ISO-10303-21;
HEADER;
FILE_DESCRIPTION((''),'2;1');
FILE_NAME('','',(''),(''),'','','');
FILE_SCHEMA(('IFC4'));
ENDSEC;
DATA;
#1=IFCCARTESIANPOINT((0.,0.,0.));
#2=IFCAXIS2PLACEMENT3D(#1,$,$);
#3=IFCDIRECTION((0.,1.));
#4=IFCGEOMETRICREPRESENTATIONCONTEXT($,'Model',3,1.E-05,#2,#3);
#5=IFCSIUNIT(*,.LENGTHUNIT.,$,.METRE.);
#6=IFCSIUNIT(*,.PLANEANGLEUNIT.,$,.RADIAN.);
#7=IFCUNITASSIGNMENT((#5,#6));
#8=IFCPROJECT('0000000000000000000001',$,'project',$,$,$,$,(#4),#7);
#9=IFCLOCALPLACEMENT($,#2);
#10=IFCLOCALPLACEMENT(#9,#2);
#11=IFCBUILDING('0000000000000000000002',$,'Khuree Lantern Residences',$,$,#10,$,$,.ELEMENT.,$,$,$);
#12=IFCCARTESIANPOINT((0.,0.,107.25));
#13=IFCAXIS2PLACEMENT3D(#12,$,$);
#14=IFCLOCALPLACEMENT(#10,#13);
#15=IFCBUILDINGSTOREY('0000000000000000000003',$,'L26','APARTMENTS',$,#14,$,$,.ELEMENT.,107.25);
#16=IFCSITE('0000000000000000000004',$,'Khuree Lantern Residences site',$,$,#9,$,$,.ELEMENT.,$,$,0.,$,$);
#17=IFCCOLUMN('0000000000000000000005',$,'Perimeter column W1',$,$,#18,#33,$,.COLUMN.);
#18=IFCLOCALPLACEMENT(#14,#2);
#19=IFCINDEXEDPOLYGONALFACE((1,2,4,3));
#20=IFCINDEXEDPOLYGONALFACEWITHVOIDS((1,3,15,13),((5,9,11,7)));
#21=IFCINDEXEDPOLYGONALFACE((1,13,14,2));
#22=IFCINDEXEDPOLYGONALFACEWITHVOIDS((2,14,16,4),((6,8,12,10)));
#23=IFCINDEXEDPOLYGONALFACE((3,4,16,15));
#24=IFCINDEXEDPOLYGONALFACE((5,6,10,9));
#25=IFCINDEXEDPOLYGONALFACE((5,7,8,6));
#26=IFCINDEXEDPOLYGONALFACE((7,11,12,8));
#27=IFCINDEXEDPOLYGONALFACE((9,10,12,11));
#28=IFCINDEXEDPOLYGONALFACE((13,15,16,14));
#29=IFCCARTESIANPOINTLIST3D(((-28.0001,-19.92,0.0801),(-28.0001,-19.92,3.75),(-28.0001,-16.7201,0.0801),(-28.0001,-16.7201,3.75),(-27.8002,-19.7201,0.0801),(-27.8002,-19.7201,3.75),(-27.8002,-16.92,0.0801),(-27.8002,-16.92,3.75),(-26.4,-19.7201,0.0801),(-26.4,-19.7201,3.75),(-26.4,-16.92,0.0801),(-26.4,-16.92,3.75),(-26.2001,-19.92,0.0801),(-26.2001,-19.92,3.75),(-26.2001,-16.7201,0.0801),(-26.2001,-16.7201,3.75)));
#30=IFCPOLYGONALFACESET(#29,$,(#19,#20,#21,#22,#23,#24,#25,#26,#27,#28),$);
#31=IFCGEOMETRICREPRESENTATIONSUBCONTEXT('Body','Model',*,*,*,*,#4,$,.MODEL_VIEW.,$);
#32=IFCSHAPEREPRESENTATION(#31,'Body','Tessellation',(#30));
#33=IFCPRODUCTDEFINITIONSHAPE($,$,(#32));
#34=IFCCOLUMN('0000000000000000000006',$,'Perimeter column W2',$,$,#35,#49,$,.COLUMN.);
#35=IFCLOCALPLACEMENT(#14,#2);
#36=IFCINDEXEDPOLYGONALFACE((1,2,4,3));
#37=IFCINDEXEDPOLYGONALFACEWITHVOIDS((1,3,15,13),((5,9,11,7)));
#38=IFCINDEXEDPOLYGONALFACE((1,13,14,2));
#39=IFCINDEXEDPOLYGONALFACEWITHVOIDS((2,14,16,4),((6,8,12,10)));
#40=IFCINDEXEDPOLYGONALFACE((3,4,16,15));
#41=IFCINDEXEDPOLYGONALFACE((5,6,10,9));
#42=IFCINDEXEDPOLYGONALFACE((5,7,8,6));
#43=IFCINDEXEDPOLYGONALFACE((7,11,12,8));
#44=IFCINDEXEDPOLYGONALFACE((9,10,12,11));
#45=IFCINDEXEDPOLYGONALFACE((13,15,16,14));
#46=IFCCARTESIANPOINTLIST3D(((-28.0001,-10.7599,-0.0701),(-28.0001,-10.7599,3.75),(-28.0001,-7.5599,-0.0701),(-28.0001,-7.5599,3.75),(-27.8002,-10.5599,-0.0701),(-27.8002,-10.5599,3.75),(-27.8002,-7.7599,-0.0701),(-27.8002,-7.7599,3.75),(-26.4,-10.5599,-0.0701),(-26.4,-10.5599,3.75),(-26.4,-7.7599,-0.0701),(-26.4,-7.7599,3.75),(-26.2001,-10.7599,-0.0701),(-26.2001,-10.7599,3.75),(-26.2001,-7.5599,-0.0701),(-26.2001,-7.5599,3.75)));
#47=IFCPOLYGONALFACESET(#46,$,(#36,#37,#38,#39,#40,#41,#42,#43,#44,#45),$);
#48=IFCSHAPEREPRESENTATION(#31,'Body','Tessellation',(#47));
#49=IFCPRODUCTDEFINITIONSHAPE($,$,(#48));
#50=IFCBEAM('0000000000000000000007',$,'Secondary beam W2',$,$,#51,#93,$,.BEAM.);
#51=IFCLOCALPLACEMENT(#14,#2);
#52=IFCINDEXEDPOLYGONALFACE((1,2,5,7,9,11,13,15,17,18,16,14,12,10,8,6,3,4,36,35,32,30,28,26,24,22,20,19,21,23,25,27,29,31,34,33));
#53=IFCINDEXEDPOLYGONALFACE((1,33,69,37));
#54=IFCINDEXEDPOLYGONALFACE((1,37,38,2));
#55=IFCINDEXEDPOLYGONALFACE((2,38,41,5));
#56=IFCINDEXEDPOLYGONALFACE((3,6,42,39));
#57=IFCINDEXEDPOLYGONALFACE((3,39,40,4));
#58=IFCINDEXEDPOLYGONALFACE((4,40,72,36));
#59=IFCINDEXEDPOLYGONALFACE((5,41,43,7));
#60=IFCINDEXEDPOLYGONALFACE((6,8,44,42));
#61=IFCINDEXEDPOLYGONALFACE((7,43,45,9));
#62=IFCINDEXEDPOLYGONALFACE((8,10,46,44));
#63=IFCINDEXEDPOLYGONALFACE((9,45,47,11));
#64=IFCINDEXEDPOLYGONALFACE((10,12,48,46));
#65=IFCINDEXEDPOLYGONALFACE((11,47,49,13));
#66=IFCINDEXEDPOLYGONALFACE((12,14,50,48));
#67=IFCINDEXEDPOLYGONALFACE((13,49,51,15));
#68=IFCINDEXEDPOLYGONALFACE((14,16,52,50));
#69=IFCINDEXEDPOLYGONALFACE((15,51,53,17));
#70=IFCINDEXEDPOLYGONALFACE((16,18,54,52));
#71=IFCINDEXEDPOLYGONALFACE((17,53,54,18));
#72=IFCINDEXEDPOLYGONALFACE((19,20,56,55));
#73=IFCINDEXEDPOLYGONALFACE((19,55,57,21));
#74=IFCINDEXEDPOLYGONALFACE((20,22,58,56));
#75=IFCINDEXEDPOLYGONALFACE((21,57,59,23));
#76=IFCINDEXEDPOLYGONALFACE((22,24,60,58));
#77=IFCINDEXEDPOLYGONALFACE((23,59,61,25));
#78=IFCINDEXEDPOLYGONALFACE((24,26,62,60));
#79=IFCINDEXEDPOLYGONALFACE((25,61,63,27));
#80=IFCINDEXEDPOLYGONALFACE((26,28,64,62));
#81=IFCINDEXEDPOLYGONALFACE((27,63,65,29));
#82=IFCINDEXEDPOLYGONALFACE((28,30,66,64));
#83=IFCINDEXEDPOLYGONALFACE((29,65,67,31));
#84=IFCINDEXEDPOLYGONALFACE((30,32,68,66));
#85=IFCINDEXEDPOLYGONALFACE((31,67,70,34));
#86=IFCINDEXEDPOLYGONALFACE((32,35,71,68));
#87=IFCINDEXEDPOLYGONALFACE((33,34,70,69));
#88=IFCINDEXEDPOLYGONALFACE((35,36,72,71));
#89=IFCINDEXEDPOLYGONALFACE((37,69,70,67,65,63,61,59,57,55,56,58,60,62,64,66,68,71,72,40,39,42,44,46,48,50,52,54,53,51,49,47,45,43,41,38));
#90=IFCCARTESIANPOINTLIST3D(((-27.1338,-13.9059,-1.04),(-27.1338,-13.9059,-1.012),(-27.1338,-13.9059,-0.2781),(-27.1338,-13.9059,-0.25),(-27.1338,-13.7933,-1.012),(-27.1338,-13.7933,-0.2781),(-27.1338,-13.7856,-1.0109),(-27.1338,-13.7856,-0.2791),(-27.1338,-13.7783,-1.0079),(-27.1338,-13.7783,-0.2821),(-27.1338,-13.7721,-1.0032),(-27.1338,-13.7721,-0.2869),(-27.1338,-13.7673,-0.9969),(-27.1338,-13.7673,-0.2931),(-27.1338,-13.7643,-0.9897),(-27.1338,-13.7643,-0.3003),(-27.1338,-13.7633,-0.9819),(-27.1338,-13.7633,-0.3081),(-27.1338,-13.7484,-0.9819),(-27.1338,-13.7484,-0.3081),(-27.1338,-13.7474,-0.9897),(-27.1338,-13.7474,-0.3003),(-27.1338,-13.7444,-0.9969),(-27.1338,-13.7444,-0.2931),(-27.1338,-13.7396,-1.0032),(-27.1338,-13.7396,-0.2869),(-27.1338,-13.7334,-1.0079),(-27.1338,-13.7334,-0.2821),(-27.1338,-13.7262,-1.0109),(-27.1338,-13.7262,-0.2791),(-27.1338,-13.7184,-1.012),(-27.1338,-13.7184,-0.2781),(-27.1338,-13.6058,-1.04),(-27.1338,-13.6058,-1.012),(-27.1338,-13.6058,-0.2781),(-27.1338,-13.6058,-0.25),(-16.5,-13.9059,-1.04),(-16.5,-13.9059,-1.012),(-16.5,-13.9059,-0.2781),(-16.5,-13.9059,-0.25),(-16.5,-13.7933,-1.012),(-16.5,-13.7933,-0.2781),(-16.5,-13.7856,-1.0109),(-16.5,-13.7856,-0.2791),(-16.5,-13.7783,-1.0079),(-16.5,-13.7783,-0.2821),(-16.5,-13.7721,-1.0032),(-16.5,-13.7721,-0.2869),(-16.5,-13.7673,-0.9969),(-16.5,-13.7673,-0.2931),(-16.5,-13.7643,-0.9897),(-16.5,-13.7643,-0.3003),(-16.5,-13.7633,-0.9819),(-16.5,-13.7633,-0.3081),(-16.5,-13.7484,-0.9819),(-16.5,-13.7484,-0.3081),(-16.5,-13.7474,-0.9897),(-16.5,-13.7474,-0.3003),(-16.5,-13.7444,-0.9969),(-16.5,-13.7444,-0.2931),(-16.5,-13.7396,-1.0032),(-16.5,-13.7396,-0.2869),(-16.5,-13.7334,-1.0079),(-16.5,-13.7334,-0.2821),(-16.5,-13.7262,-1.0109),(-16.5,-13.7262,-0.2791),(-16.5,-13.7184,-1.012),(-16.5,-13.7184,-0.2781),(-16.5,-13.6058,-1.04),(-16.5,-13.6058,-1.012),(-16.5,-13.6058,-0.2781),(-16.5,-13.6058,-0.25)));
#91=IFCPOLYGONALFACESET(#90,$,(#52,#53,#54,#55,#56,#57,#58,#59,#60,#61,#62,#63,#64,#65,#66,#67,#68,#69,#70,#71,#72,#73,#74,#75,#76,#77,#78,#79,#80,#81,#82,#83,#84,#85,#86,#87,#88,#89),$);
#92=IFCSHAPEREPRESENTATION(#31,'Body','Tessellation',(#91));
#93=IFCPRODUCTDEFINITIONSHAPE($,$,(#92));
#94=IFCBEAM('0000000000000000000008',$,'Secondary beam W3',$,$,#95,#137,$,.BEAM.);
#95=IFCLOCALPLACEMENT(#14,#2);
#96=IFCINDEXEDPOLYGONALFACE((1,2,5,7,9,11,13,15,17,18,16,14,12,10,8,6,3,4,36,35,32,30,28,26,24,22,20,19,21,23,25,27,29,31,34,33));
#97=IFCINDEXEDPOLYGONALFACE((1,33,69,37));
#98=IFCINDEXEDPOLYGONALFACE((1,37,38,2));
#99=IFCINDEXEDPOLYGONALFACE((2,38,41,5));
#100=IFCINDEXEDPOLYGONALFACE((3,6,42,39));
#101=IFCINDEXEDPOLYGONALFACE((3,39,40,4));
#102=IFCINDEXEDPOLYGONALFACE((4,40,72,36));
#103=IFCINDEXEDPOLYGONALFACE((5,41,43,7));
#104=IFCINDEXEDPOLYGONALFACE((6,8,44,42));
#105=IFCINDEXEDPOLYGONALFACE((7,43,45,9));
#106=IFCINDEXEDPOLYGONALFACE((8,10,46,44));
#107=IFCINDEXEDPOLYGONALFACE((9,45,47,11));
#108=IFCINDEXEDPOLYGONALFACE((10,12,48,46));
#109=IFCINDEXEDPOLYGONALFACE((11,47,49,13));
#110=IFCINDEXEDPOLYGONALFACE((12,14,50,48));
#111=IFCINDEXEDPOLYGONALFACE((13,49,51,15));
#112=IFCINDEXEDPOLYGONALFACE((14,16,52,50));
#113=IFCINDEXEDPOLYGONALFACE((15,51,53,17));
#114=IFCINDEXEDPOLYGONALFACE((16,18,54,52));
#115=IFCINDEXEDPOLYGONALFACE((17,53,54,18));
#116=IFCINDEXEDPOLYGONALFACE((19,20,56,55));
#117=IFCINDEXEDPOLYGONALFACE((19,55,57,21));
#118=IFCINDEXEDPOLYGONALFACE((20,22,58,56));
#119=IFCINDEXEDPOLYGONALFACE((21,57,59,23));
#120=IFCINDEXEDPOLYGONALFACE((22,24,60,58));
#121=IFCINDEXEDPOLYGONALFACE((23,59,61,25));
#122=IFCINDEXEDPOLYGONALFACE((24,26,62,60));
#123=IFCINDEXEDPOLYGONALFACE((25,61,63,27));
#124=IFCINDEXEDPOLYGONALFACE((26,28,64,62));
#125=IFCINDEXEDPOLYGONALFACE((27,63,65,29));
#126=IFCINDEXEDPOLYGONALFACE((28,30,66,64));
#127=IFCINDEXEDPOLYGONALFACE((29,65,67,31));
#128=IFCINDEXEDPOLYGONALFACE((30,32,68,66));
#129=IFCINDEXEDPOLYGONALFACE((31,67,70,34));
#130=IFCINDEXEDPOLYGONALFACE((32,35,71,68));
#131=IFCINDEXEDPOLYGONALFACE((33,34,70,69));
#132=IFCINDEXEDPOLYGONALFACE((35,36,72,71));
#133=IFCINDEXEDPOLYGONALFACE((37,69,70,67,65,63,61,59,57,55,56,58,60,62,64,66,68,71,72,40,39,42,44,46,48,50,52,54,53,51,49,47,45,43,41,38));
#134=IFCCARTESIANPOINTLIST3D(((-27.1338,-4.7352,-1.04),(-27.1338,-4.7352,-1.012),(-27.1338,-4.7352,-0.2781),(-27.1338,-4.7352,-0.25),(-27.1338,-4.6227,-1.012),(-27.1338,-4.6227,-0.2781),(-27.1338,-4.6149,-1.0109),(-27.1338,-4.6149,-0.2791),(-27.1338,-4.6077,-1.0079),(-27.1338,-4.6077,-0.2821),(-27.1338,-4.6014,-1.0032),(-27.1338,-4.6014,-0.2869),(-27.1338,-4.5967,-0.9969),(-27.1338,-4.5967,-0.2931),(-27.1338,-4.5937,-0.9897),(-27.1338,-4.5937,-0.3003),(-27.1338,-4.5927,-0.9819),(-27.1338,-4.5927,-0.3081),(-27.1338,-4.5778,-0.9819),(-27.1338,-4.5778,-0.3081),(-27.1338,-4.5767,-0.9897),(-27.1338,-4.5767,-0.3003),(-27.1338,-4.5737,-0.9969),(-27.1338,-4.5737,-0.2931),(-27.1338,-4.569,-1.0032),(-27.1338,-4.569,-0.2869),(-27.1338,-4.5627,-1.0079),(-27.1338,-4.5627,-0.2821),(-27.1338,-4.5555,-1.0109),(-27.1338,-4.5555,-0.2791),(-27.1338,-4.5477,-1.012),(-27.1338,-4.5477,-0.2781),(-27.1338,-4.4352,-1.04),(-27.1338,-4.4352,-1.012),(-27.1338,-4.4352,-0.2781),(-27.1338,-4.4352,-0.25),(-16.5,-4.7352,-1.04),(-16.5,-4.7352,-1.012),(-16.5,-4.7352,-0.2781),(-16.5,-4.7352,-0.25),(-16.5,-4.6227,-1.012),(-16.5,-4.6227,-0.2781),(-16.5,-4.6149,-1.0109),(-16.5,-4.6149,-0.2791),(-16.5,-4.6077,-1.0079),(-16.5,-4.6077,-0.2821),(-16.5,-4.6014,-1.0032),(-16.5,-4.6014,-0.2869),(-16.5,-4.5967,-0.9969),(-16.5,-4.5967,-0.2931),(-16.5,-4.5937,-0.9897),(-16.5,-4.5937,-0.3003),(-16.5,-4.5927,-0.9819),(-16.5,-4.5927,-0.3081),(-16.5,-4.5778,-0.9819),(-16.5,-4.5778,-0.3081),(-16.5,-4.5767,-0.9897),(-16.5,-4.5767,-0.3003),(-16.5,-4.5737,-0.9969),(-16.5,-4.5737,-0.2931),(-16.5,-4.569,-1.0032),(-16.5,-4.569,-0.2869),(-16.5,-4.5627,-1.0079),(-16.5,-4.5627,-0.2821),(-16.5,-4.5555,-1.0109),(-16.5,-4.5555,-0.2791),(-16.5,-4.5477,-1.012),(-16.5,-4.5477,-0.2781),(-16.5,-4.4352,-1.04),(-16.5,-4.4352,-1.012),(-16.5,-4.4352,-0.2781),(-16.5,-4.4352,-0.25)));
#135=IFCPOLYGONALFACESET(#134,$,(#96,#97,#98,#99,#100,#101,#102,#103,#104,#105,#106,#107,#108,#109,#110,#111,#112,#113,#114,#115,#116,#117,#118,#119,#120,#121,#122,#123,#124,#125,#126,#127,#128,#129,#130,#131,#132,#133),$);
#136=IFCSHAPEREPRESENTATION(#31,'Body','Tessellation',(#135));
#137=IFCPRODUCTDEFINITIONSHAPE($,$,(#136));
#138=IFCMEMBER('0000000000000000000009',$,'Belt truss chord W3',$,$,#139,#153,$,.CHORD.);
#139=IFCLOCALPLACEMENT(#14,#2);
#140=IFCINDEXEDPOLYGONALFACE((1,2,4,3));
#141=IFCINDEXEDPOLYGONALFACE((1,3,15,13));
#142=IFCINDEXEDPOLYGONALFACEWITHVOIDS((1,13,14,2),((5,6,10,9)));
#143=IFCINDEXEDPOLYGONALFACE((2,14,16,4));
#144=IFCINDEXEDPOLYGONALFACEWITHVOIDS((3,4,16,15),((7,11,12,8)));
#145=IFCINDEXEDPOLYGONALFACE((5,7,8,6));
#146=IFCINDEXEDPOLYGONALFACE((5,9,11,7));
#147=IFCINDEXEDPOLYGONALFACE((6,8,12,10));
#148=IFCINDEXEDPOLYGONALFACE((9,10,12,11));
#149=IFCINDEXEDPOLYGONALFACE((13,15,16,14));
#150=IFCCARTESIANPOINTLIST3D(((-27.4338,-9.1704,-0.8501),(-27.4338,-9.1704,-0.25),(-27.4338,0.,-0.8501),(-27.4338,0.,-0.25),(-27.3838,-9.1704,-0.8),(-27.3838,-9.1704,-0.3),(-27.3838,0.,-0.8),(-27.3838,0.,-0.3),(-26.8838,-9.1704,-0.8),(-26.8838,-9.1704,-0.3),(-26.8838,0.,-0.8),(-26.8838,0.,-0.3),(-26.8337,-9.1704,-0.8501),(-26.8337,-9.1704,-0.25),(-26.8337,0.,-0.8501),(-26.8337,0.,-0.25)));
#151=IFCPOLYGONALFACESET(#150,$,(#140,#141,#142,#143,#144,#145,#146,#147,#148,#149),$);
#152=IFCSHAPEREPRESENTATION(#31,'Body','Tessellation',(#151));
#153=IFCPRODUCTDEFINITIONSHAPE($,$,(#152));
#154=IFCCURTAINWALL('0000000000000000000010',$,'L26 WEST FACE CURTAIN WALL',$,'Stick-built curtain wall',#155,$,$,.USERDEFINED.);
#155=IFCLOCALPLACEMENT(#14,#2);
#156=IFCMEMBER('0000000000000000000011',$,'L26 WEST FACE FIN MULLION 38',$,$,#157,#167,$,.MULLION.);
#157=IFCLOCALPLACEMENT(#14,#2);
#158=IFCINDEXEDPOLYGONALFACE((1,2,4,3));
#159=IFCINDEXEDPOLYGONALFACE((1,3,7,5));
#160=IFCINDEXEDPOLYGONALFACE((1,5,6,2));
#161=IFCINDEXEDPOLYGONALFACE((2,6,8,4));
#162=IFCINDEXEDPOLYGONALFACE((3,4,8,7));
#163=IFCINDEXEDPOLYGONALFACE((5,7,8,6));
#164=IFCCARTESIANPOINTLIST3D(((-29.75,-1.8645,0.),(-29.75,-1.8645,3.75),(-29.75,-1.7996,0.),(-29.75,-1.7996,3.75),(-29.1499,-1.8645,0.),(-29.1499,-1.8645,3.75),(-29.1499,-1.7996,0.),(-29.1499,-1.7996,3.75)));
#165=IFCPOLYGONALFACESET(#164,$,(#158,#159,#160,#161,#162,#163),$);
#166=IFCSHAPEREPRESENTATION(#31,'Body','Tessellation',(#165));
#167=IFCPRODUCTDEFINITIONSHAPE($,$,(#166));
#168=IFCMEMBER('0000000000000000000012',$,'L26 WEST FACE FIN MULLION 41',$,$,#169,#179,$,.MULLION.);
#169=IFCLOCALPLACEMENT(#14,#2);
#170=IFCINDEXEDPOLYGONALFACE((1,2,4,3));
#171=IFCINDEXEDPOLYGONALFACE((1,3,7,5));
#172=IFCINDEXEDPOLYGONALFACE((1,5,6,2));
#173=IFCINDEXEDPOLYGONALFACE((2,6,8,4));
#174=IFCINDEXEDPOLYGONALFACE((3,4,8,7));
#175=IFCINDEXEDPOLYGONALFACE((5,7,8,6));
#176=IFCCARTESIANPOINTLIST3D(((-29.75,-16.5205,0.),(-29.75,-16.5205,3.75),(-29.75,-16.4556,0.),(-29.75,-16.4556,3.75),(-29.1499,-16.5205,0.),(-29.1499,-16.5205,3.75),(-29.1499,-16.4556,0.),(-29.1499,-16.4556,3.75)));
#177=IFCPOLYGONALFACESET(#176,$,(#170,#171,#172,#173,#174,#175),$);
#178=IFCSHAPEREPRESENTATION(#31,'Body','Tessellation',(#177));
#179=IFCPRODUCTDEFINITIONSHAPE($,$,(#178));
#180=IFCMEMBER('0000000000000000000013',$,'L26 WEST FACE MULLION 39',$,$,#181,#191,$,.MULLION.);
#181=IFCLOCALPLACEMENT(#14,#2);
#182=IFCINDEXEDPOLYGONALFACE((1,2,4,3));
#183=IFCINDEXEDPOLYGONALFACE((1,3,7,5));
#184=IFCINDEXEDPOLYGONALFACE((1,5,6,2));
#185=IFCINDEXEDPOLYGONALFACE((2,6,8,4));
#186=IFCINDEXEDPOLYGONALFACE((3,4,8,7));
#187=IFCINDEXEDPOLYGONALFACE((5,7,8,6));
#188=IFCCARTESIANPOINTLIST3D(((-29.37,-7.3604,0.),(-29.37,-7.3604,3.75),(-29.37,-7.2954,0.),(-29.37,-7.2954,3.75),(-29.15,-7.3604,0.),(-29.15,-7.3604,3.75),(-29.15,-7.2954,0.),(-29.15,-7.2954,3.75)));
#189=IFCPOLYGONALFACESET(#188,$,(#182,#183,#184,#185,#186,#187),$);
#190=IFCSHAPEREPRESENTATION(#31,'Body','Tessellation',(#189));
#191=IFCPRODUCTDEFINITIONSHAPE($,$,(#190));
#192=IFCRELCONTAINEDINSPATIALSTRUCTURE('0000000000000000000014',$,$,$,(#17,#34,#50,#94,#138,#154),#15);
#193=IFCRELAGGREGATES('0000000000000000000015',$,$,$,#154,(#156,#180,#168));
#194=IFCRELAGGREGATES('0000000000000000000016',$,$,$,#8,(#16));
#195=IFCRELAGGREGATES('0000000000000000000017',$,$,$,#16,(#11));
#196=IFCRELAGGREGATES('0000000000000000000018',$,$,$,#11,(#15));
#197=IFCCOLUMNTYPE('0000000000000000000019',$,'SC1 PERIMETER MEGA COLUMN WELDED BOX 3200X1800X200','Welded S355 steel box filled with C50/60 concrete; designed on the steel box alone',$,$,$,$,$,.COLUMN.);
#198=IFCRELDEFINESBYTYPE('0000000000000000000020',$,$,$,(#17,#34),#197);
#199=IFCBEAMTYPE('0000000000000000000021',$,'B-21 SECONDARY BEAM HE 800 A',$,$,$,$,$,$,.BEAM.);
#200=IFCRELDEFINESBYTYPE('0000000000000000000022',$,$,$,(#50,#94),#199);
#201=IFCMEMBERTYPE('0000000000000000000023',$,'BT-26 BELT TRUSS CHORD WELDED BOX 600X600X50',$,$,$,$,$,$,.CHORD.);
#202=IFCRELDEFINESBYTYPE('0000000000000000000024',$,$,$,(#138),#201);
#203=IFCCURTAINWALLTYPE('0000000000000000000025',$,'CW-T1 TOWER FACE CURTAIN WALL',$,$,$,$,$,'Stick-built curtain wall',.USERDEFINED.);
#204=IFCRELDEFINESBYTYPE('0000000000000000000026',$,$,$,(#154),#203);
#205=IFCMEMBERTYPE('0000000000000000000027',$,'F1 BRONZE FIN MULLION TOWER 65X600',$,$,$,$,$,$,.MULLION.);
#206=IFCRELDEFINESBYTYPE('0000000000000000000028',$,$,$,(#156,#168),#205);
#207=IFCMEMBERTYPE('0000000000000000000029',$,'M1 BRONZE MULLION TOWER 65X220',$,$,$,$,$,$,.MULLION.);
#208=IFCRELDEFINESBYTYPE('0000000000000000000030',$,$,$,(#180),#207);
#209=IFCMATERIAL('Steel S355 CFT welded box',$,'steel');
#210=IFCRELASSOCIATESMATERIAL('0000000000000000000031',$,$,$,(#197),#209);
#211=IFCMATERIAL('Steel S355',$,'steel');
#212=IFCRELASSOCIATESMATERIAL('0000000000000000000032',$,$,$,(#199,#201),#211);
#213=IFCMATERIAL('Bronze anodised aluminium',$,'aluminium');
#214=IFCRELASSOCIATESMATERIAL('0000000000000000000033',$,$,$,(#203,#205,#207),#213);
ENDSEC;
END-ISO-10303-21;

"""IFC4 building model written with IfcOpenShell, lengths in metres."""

from ifc_helpers import new_model, si_unit, direction, frame, origin, origin_2d, place, context, subcontext, project, spatial, rectangle, hollow_rectangle, i_section, extrude, material, material_profile, profile_set, type_object, element, aggregate, save


model = new_model("IFC4")

# Units and contexts
model_context = context("Model", 3, precision=1e-05, world=origin(), true_north=direction((0.0, 1.0)))
body_context = subcontext(model_context, "Body", "Model", "MODEL_VIEW")
ifc_project = project(units=[si_unit("LENGTHUNIT", "METRE"), si_unit("PLANEANGLEUNIT", "RADIAN")], contexts=[model_context])

# Site, building, storey
site_placement = place(None, origin())
site = spatial("IfcSite", under=ifc_project, at=site_placement, Name="Khuree Lantern Residences site", CompositionType="ELEMENT", RefElevation=0.0)
building_placement = place(site_placement, origin())
building = spatial("IfcBuilding", under=site, at=building_placement, Name="Khuree Lantern Residences", CompositionType="ELEMENT")
storey_placement = place(building_placement, frame((0.0, 0.0, 107.25)))
storey = spatial("IfcBuildingStorey", under=building, at=storey_placement, Name="L26", Description="APARTMENTS", CompositionType="ELEMENT", Elevation=107.25)

# Columns
ifc_material_1 = material(Name="Steel S355 CFT welded box", Category="steel")
ifc_material_profile_1 = material_profile(ifc_material_1, hollow_rectangle(XDim=3.2, YDim=1.8, WallThickness=0.2, at=origin_2d()), Name="WELDED BOX 3200X1800X200")
ifc_profile_set_1 = profile_set([ifc_material_profile_1], Name="Steel S355 CFT welded box")
column_type = type_object("IfcColumnType", Name="SC1 PERIMETER MEGA COLUMN WELDED BOX 3200X1800X200", Description="Welded S355 steel box filled with C50/60 concrete; designed on the steel box alone", PredefinedType="COLUMN", material=ifc_profile_set_1)
column_1_placement = place(storey_placement, frame((-27.1001, -18.3201, 0.0801), z_axis=(0.0, 0.0, 1.0), x_axis=(0.0, 1.0, 0.0)))
element("IfcColumn", 1, at=column_1_placement, inside=storey, type_object=column_type, Name="Perimeter column W1", PredefinedType="COLUMN", context=body_context, shape_type="SweptSolid", body=[
    extrude(hollow_rectangle(XDim=3.2, YDim=1.8, WallThickness=0.2, at=origin_2d()), origin(), (0.0, 0.0, 1.0), 3.6699),
])
column_2_placement = place(storey_placement, frame((-27.1001, -9.1599, -0.0701), z_axis=(0.0, 0.0, 1.0), x_axis=(0.0, 1.0, 0.0)))
element("IfcColumn", 2, at=column_2_placement, inside=storey, type_object=column_type, Name="Perimeter column W2", PredefinedType="COLUMN", context=body_context, shape_type="SweptSolid", body=[
    extrude(hollow_rectangle(XDim=3.2, YDim=1.8, WallThickness=0.2, at=origin_2d()), origin(), (0.0, 0.0, 1.0), 3.8201),
])

# Beams
ifc_material_2 = material(Name="Steel S355", Category="steel")
ifc_material_profile_2 = material_profile(ifc_material_2, i_section(OverallWidth=0.3, OverallDepth=0.79, WebThickness=0.0149, FlangeThickness=0.0281, FilletRadius=0.03, at=origin_2d()), Name="HE 800 A")
ifc_profile_set_2 = profile_set([ifc_material_profile_2], Name="Steel S355")
beam_type_1 = type_object("IfcBeamType", Name="B-21 SECONDARY BEAM HE 800 A", PredefinedType="BEAM", material=ifc_profile_set_2)
for number, where, z_axis, x_axis, name in (
    (3, (-27.1338, -13.7559, -0.645), (1.0, 0.0, 0.0), (0.0, 1.0, 0.0), "Secondary beam W2"),
    (4, (-27.1338, -4.5852, -0.645), (1.0, 0.0, 0.0), (0.0, 1.0, 0.0), "Secondary beam W3"),
):
    element("IfcBeam", number, at=place(storey_placement, frame(where, z_axis=z_axis, x_axis=x_axis)), inside=storey, type_object=beam_type_1, Name=name, PredefinedType="BEAM", context=body_context, shape_type="SweptSolid", body=[
        extrude(i_section(OverallWidth=0.3, OverallDepth=0.79, WebThickness=0.0149, FlangeThickness=0.0281, FilletRadius=0.03, at=origin_2d()), origin(), (0.0, 0.0, 1.0), 10.6338),
    ])

# Member
ifc_material_profile_3 = material_profile(ifc_material_2, hollow_rectangle(XDim=0.6001, YDim=0.6001, WallThickness=0.05, at=origin_2d()), Name="WELDED BOX 600X600X50")
ifc_profile_set_3 = profile_set([ifc_material_profile_3], Name="Steel S355")
member_type_1 = type_object("IfcMemberType", Name="BT-26 BELT TRUSS CHORD WELDED BOX 600X600X50", PredefinedType="CHORD", material=ifc_profile_set_3)
member_1_placement = place(storey_placement, frame((-27.1338, -9.1704, -0.55), z_axis=(0.0, 1.0, 0.0), x_axis=(-1.0, 0.0, 0.0)))
element("IfcMember", 5, at=member_1_placement, inside=storey, type_object=member_type_1, Name="Belt truss chord W3", PredefinedType="CHORD", context=body_context, shape_type="SweptSolid", body=[
    extrude(hollow_rectangle(XDim=0.6001, YDim=0.6001, WallThickness=0.05, at=origin_2d()), origin(), (0.0, 0.0, 1.0), 9.1704),
])

# Curtain wall, members
ifc_material_3 = material(Name="Bronze anodised aluminium", Category="aluminium")
curtain_wall_type = type_object("IfcCurtainWallType", Name="CW-T1 TOWER FACE CURTAIN WALL", ElementType="Stick-built curtain wall", PredefinedType="USERDEFINED", material=ifc_material_3)
curtain_wall_placement = place(storey_placement, origin())
curtain_wall = element("IfcCurtainWall", 6, at=curtain_wall_placement, inside=storey, type_object=curtain_wall_type, Name="L26 WEST FACE CURTAIN WALL", ObjectType="Stick-built curtain wall", PredefinedType="USERDEFINED")
ifc_material_profile_4 = material_profile(ifc_material_3, rectangle(XDim=0.0649, YDim=0.6001, at=origin_2d()), Name="F1 65X600")
ifc_profile_set_4 = profile_set([ifc_material_profile_4], Name="Bronze anodised aluminium")
member_type_2 = type_object("IfcMemberType", Name="F1 BRONZE FIN MULLION TOWER 65X600", PredefinedType="MULLION", material=ifc_profile_set_4)
member_2_placement = place(storey_placement, frame((-29.45, -1.832, 0.0), z_axis=(0.0, 0.0, 1.0), x_axis=(0.0, -1.0, 0.0)))
member_2 = element("IfcMember", 7, at=member_2_placement, type_object=member_type_2, Name="L26 WEST FACE FIN MULLION 38", PredefinedType="MULLION", context=body_context, shape_type="SweptSolid", body=[
    extrude(rectangle(XDim=0.0649, YDim=0.6001, at=origin_2d()), origin(), (0.0, 0.0, 1.0), 3.75),
])
member_3_placement = place(storey_placement, frame((-29.45, -16.488, 0.0), z_axis=(0.0, 0.0, 1.0), x_axis=(0.0, -1.0, 0.0)))
member_3 = element("IfcMember", 8, at=member_3_placement, type_object=member_type_2, Name="L26 WEST FACE FIN MULLION 41", PredefinedType="MULLION", context=body_context, shape_type="SweptSolid", body=[
    extrude(rectangle(XDim=0.0649, YDim=0.6001, at=origin_2d()), origin(), (0.0, 0.0, 1.0), 3.75),
])
ifc_material_profile_5 = material_profile(ifc_material_3, rectangle(XDim=0.0649, YDim=0.22, at=origin_2d()), Name="M1 65X220")
ifc_profile_set_5 = profile_set([ifc_material_profile_5], Name="Bronze anodised aluminium")
member_type_3 = type_object("IfcMemberType", Name="M1 BRONZE MULLION TOWER 65X220", PredefinedType="MULLION", material=ifc_profile_set_5)
member_4_placement = place(storey_placement, frame((-29.26, -7.3279, 0.0), z_axis=(0.0, 0.0, 1.0), x_axis=(0.0, -1.0, 0.0)))
member_4 = element("IfcMember", 9, at=member_4_placement, type_object=member_type_3, Name="L26 WEST FACE MULLION 39", PredefinedType="MULLION", context=body_context, shape_type="SweptSolid", body=[
    extrude(rectangle(XDim=0.0649, YDim=0.22, at=origin_2d()), origin(), (0.0, 0.0, 1.0), 3.75),
])

aggregate(curtain_wall, [member_2, member_4, member_3])

save(model, "model.ifc")
